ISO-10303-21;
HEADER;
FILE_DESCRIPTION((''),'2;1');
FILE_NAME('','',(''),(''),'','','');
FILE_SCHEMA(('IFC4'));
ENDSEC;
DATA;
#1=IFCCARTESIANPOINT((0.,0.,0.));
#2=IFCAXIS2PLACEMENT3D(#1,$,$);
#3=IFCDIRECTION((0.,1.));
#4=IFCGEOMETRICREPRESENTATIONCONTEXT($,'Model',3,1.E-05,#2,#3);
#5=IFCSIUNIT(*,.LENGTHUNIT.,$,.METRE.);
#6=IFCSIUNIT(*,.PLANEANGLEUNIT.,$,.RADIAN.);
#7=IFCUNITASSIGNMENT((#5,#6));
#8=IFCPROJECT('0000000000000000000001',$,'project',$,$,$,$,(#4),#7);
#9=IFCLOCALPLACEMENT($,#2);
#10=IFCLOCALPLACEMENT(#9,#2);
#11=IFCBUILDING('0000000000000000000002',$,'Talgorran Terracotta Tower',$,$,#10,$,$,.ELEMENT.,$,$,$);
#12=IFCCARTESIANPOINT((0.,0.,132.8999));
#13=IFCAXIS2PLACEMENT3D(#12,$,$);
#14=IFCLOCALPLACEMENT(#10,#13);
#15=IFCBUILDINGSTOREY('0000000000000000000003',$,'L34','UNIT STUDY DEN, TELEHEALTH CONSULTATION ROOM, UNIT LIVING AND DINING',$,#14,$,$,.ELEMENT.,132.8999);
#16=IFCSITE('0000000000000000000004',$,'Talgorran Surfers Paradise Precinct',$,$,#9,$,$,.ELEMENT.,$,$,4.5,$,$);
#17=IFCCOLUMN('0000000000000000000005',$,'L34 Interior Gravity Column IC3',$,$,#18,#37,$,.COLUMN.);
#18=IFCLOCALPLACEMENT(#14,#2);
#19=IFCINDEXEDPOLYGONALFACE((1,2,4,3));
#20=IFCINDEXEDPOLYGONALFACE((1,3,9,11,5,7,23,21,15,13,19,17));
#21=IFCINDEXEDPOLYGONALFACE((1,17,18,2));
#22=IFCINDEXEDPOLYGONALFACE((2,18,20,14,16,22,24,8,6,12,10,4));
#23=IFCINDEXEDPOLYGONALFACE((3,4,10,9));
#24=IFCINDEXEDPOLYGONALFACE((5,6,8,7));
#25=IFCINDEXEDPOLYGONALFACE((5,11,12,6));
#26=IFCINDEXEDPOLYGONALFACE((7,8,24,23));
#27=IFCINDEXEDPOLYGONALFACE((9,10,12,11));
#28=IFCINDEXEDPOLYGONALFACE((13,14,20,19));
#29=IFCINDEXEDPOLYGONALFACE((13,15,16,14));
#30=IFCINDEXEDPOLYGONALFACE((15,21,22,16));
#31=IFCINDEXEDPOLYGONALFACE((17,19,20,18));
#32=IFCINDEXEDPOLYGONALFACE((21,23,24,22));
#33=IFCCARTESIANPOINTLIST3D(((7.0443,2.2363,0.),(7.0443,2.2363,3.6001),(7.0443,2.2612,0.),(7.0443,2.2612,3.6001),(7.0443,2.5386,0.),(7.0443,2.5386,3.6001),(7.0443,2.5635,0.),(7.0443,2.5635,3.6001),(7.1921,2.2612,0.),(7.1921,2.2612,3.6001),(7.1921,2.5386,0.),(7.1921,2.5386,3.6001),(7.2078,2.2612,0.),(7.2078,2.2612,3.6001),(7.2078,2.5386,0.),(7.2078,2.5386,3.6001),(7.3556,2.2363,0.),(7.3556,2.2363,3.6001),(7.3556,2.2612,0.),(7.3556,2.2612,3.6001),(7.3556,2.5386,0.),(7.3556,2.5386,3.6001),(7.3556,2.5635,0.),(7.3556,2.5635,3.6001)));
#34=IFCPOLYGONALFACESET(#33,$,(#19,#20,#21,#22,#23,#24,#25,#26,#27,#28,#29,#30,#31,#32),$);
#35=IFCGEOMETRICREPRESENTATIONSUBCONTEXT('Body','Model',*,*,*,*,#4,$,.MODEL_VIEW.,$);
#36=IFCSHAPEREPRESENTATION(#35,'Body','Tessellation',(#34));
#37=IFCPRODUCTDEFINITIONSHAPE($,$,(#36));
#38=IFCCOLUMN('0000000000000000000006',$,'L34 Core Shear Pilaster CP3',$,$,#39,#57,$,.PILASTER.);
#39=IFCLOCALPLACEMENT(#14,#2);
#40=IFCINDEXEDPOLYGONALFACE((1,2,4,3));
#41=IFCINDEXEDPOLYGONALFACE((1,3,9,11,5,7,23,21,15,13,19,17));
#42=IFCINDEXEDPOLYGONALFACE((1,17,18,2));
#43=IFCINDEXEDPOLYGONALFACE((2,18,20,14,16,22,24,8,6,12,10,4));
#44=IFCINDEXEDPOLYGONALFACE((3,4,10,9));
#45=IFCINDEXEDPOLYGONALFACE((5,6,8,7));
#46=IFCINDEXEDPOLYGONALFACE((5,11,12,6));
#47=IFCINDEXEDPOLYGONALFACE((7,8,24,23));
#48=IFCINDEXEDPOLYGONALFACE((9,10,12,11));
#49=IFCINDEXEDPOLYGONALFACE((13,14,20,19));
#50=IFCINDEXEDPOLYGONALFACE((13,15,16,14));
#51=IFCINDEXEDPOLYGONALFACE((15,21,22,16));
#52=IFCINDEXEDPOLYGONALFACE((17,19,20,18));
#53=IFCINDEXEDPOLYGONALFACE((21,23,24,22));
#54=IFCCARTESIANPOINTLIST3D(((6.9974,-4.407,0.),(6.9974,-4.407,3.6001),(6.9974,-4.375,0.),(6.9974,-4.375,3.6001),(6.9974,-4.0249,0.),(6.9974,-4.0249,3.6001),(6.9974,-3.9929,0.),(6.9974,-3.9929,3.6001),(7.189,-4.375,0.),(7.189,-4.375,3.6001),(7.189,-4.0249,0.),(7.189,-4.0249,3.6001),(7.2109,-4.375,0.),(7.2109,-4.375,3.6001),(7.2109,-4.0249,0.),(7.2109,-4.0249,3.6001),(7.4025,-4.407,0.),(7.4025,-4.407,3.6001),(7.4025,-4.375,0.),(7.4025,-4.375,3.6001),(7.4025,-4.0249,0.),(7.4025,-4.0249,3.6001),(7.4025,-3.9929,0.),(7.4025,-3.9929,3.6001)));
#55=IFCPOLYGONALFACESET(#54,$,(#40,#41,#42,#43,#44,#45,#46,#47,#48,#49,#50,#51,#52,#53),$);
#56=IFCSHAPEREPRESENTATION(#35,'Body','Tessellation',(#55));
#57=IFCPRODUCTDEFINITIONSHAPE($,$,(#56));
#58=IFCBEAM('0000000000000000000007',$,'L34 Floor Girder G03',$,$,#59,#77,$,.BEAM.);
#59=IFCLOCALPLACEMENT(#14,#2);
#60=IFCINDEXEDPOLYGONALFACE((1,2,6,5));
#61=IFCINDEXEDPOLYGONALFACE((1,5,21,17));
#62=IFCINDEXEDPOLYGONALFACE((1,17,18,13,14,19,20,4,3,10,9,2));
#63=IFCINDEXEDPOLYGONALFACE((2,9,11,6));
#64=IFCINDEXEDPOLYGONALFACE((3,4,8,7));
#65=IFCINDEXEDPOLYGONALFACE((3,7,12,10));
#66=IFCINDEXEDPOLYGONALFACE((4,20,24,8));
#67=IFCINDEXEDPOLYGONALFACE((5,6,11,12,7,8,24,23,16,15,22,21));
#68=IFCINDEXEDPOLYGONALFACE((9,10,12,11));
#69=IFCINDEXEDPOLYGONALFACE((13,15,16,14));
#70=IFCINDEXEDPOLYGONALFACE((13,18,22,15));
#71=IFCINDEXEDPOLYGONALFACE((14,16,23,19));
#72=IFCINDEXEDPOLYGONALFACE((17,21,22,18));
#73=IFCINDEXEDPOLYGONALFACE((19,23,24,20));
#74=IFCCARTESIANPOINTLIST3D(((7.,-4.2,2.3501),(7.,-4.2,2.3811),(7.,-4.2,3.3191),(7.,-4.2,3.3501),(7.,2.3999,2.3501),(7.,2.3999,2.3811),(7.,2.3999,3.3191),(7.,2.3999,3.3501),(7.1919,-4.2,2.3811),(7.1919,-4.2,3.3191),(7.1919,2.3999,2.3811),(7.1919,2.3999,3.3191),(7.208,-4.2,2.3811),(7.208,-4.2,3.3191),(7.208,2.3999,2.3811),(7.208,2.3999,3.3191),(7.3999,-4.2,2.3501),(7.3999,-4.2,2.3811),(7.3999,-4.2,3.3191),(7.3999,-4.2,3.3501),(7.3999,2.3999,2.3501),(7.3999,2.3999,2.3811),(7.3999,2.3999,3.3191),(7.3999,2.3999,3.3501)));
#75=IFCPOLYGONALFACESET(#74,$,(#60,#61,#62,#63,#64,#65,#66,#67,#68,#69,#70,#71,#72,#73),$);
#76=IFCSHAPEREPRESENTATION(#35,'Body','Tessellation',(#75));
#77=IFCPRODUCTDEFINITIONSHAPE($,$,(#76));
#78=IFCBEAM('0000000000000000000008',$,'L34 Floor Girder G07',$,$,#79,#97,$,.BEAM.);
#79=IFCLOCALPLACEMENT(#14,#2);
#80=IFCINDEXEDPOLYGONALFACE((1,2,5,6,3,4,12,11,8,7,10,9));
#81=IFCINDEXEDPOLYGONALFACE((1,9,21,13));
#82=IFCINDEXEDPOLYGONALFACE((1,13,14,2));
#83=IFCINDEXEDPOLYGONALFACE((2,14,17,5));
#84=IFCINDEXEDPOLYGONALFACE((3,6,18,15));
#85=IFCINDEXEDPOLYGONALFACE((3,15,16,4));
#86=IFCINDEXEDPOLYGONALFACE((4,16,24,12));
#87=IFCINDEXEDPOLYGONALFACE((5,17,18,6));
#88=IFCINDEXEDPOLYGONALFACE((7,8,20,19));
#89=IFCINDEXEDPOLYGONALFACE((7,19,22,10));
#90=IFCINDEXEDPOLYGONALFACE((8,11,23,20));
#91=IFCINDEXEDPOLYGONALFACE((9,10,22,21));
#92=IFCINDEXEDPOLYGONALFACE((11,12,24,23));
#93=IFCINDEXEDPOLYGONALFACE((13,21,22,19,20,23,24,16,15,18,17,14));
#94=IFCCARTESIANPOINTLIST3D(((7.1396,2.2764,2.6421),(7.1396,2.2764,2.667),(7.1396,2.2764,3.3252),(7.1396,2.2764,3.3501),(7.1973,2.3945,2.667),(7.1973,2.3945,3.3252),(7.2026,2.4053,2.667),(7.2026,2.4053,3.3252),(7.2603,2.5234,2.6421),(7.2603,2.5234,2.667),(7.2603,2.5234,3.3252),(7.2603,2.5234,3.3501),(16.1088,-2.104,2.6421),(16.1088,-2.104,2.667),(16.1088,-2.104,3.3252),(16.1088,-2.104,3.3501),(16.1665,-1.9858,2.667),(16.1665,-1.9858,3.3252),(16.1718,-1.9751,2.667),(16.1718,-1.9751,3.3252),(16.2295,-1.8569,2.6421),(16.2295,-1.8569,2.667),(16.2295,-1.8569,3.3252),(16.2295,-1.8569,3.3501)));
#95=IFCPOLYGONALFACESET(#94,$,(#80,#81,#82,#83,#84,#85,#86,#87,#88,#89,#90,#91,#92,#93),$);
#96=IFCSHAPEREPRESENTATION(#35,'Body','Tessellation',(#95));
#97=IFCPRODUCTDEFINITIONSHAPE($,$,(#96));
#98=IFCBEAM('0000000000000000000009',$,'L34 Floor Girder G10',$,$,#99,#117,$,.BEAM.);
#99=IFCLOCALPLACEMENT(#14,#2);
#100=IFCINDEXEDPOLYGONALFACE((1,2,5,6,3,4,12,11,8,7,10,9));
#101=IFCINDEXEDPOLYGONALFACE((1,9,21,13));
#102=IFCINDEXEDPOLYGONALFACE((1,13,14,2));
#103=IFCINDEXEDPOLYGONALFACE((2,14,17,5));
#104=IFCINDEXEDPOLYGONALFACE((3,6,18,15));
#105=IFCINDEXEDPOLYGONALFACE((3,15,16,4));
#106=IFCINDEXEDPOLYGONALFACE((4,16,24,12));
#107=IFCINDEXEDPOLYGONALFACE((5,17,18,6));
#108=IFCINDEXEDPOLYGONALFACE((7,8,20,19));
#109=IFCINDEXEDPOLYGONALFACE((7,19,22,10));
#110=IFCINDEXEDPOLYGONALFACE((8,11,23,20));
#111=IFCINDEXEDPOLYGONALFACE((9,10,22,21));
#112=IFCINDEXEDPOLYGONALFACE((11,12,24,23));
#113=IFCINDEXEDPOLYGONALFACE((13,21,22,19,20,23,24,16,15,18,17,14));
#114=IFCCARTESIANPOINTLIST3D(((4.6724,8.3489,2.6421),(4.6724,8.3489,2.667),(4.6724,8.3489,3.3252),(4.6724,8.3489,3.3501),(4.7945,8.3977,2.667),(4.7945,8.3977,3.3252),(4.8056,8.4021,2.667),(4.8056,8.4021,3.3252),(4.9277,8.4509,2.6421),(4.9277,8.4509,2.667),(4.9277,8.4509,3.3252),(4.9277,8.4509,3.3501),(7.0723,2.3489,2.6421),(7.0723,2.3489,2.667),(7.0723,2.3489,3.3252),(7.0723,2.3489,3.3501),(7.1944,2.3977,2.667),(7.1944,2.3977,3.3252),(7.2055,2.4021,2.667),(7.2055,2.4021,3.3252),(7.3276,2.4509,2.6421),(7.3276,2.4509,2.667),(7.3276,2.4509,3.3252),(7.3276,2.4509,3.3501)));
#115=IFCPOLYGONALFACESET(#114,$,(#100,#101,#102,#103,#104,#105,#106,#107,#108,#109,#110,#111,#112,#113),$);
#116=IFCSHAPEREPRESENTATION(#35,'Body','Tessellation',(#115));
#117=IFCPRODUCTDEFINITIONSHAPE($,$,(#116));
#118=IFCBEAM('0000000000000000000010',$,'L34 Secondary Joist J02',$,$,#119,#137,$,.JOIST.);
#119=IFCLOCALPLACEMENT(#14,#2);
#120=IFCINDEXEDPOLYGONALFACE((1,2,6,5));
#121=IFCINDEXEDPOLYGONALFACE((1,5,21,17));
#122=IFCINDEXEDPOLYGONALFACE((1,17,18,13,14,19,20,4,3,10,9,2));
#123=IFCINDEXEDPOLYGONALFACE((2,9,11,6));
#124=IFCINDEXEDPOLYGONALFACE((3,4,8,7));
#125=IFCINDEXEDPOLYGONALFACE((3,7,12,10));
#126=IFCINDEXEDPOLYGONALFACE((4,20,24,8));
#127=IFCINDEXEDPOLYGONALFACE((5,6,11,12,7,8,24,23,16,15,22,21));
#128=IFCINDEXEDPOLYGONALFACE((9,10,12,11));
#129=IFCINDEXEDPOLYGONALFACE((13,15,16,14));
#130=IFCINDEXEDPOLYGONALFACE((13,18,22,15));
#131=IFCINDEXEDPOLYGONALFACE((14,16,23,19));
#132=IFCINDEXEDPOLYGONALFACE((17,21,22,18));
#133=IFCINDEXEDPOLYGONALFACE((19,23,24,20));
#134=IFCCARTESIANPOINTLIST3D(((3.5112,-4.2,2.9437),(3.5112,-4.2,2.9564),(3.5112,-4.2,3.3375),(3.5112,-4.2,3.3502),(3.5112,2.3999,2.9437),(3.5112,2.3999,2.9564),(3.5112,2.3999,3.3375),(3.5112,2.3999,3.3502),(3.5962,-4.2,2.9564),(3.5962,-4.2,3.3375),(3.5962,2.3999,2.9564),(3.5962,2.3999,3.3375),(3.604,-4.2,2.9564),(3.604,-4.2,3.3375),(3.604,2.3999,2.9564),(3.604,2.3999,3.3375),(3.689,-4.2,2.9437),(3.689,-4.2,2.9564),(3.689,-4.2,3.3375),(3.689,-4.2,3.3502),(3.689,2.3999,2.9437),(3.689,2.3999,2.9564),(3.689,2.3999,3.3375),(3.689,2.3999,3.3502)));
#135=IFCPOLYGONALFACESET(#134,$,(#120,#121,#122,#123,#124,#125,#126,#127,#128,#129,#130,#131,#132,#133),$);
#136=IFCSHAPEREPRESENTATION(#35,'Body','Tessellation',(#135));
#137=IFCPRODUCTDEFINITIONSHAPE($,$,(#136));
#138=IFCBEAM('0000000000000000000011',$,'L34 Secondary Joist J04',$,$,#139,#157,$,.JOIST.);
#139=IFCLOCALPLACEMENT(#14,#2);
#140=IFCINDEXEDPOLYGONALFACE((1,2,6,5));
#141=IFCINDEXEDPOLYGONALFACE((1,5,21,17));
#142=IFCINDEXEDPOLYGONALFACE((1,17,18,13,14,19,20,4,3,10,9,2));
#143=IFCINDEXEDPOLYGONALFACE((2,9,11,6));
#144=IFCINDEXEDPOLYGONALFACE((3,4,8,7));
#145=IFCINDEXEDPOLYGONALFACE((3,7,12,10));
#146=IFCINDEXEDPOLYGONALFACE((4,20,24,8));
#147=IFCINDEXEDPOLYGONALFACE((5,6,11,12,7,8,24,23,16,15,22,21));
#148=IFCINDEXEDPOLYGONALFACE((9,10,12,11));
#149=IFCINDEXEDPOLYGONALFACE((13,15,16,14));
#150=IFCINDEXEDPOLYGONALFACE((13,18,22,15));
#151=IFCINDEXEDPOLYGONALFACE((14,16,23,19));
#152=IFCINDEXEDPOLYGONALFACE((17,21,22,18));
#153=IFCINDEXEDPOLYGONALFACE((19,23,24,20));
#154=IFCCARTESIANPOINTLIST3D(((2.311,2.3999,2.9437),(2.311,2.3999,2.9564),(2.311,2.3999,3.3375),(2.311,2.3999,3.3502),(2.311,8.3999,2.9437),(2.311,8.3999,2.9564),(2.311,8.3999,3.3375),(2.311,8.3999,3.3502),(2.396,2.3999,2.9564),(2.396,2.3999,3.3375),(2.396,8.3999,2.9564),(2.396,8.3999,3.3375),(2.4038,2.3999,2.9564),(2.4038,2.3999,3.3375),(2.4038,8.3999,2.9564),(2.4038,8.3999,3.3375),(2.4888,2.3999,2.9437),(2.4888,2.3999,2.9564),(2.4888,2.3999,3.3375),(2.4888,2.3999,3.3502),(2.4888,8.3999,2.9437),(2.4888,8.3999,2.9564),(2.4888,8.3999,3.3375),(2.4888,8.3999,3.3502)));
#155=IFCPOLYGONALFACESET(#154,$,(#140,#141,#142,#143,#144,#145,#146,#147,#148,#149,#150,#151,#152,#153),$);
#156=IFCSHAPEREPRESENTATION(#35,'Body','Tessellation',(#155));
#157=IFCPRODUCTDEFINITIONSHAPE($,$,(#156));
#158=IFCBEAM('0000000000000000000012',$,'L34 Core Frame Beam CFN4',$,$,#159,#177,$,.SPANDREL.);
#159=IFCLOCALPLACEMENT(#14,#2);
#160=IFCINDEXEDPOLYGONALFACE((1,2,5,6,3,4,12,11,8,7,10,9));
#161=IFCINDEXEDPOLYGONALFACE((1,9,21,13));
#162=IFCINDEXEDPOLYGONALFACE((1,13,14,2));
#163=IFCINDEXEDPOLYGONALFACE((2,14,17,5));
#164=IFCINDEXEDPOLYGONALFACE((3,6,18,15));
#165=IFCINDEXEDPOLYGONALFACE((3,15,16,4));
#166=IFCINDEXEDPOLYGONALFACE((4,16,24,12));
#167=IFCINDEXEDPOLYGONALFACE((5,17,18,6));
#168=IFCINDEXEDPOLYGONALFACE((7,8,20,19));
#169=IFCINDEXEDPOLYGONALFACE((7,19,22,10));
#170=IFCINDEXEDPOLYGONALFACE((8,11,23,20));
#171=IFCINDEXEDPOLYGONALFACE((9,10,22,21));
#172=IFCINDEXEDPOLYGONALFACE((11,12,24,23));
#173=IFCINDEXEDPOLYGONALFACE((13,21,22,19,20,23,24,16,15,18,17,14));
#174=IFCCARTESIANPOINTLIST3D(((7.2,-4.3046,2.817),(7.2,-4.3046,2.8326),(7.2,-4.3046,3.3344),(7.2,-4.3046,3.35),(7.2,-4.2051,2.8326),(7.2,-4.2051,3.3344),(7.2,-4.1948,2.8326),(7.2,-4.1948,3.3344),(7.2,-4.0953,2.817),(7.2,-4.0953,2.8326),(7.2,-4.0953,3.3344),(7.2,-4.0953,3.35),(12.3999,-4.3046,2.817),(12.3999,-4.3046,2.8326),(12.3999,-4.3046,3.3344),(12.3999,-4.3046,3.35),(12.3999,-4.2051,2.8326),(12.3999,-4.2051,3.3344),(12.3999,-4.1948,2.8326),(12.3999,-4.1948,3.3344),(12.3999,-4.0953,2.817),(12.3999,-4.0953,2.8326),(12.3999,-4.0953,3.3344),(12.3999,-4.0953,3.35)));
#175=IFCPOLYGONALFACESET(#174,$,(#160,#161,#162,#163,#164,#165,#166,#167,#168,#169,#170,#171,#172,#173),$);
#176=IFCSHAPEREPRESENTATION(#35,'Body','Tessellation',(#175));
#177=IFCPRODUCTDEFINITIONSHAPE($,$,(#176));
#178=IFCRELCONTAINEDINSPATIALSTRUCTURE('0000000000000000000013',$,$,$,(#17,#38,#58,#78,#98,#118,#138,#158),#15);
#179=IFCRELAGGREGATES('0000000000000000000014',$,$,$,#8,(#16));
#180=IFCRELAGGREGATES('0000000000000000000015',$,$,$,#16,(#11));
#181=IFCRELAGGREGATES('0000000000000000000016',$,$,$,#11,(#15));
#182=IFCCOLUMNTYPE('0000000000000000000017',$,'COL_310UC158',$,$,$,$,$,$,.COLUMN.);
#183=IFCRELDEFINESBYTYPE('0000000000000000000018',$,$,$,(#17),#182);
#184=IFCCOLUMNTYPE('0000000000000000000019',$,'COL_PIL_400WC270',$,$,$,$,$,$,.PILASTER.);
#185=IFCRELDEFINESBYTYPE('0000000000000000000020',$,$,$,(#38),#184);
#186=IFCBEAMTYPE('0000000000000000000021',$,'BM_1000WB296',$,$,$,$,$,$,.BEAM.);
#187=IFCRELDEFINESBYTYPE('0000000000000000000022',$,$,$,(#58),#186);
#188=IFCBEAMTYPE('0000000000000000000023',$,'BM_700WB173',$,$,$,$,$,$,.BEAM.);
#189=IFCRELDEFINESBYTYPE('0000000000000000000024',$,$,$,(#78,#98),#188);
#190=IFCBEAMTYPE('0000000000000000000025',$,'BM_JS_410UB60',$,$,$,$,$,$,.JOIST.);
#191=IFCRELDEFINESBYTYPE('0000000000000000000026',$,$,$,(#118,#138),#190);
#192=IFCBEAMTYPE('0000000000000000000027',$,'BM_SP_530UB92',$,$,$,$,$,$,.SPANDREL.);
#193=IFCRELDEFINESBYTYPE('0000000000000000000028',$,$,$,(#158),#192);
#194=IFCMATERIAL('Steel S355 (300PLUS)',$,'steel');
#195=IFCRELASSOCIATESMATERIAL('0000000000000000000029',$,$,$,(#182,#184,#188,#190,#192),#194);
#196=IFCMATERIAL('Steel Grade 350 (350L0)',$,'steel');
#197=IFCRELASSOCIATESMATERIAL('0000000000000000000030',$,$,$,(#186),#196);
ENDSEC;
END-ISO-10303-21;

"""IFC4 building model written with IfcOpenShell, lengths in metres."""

from ifc_helpers import new_model, si_unit, direction, frame, origin, origin_2d, place, context, subcontext, project, spatial, i_section, extrude, material, material_profile, profile_set, type_object, element, save


model = new_model("IFC4")

# Units and contexts
model_context = context("Model", 3, precision=1e-05, world=origin(), true_north=direction((0.0, 1.0)))
body_context = subcontext(model_context, "Body", "Model", "MODEL_VIEW")
ifc_project = project(units=[si_unit("LENGTHUNIT", "METRE"), si_unit("PLANEANGLEUNIT", "RADIAN")], contexts=[model_context])

# Site, building, storey
site_placement = place(None, origin())
site = spatial("IfcSite", under=ifc_project, at=site_placement, Name="Talgorran Surfers Paradise Precinct", CompositionType="ELEMENT", RefElevation=4.5)
building_placement = place(site_placement, origin())
building = spatial("IfcBuilding", under=site, at=building_placement, Name="Talgorran Terracotta Tower", CompositionType="ELEMENT")
storey_placement = place(building_placement, frame((0.0, 0.0, 132.8999)))
storey = spatial("IfcBuildingStorey", under=building, at=storey_placement, Name="L34", Description="UNIT STUDY DEN, TELEHEALTH CONSULTATION ROOM, UNIT LIVING AND DINING", CompositionType="ELEMENT", Elevation=132.8999)

# Columns
ifc_material_1 = material(Name="Steel S355 (300PLUS)", Category="steel")
ifc_material_profile_1 = material_profile(ifc_material_1, i_section(OverallWidth=0.3113, OverallDepth=0.3271, WebThickness=0.0156, FlangeThickness=0.0249, at=origin_2d()), Name="310UC158")
ifc_profile_set_1 = profile_set([ifc_material_profile_1], Name="Steel S355 (300PLUS)")
column_type_1 = type_object("IfcColumnType", Name="COL_310UC158", PredefinedType="COLUMN", material=ifc_profile_set_1)
column_1_placement = place(storey_placement, frame((7.2, 2.3999, 0.0), z_axis=(0.0, 0.0, 1.0), x_axis=(1.0, 0.0, 0.0)))
element("IfcColumn", 1, at=column_1_placement, inside=storey, type_object=column_type_1, Name="L34 Interior Gravity Column IC3", PredefinedType="COLUMN", context=body_context, shape_type="SweptSolid", body=[
    extrude(i_section(OverallWidth=0.3113, OverallDepth=0.3271, WebThickness=0.0156, FlangeThickness=0.0249, at=origin_2d()), origin(), (0.0, 0.0, 1.0), 3.6001),
])
ifc_material_profile_2 = material_profile(ifc_material_1, i_section(OverallWidth=0.405, OverallDepth=0.4141, WebThickness=0.022, FlangeThickness=0.032, at=origin_2d()), Name="400WC270")
ifc_profile_set_2 = profile_set([ifc_material_profile_2], Name="Steel S355 (300PLUS)")
column_type_2 = type_object("IfcColumnType", Name="COL_PIL_400WC270", PredefinedType="PILASTER", material=ifc_profile_set_2)
column_2_placement = place(storey_placement, frame((7.2, -4.2, 0.0), z_axis=(0.0, 0.0, 1.0), x_axis=(1.0, 0.0, 0.0)))
element("IfcColumn", 2, at=column_2_placement, inside=storey, type_object=column_type_2, Name="L34 Core Shear Pilaster CP3", PredefinedType="PILASTER", context=body_context, shape_type="SweptSolid", body=[
    extrude(i_section(OverallWidth=0.405, OverallDepth=0.4141, WebThickness=0.022, FlangeThickness=0.032, at=origin_2d()), origin(), (0.0, 0.0, 1.0), 3.6001),
])

# Beams
ifc_material_2 = material(Name="Steel Grade 350 (350L0)", Category="steel")
ifc_material_profile_3 = material_profile(ifc_material_2, i_section(OverallWidth=0.3999, OverallDepth=1.0, WebThickness=0.0161, FlangeThickness=0.031, at=origin_2d()), Name="1000WB296")
ifc_profile_set_3 = profile_set([ifc_material_profile_3], Name="Steel Grade 350 (350L0)")
beam_type_1 = type_object("IfcBeamType", Name="BM_1000WB296", PredefinedType="BEAM", material=ifc_profile_set_3)
beam_1_placement = place(storey_placement, frame((7.2, -4.2, 2.8501), z_axis=(0.0, 1.0, 0.0), x_axis=(-1.0, 0.0, 0.0)))
element("IfcBeam", 3, at=beam_1_placement, inside=storey, type_object=beam_type_1, Name="L34 Floor Girder G03", PredefinedType="BEAM", context=body_context, shape_type="SweptSolid", body=[
    extrude(i_section(OverallWidth=0.3999, OverallDepth=1.0, WebThickness=0.0161, FlangeThickness=0.031, at=origin_2d()), origin(), (0.0, 0.0, 1.0), 6.5999),
])
ifc_material_profile_4 = material_profile(ifc_material_1, i_section(OverallWidth=0.2749, OverallDepth=0.708, WebThickness=0.012, FlangeThickness=0.0249, at=origin_2d()), Name="700WB173")
ifc_profile_set_4 = profile_set([ifc_material_profile_4], Name="Steel S355 (300PLUS)")
beam_type_2 = type_object("IfcBeamType", Name="BM_700WB173", PredefinedType="BEAM", material=ifc_profile_set_4)
beam_2_placement = place(storey_placement, frame((7.2, 2.3999, 2.9961), z_axis=(0.898566, -0.438839, 0.0), x_axis=(0.438839, 0.898566, 0.0)))
element("IfcBeam", 4, at=beam_2_placement, inside=storey, type_object=beam_type_2, Name="L34 Floor Girder G07", PredefinedType="BEAM", context=body_context, shape_type="SweptSolid", body=[
    extrude(i_section(OverallWidth=0.2749, OverallDepth=0.708, WebThickness=0.012, FlangeThickness=0.0249, at=origin_2d()), origin(), (0.0, 0.0, 1.0), 9.9817),
])
beam_3_placement = place(storey_placement, frame((7.2, 2.3999, 2.9961), z_axis=(-0.371378, 0.928482, 0.0), x_axis=(-0.928482, -0.371378, 0.0)))
element("IfcBeam", 5, at=beam_3_placement, inside=storey, type_object=beam_type_2, Name="L34 Floor Girder G10", PredefinedType="BEAM", context=body_context, shape_type="SweptSolid", body=[
    extrude(i_section(OverallWidth=0.2749, OverallDepth=0.708, WebThickness=0.012, FlangeThickness=0.0249, at=origin_2d()), origin(), (0.0, 0.0, 1.0), 6.4622),
])
ifc_material_profile_5 = material_profile(ifc_material_1, i_section(OverallWidth=0.1777, OverallDepth=0.4065, WebThickness=0.0078, FlangeThickness=0.0127, at=origin_2d()), Name="410UB59.7")
ifc_profile_set_5 = profile_set([ifc_material_profile_5], Name="Steel S355 (300PLUS)")
beam_type_3 = type_object("IfcBeamType", Name="BM_JS_410UB60", PredefinedType="JOIST", material=ifc_profile_set_5)
beam_4_placement = place(storey_placement, frame((3.6001, -4.2, 3.147), z_axis=(0.0, 1.0, 0.0), x_axis=(-1.0, 0.0, 0.0)))
element("IfcBeam", 6, at=beam_4_placement, inside=storey, type_object=beam_type_3, Name="L34 Secondary Joist J02", PredefinedType="JOIST", context=body_context, shape_type="SweptSolid", body=[
    extrude(i_section(OverallWidth=0.1777, OverallDepth=0.4065, WebThickness=0.0078, FlangeThickness=0.0127, at=origin_2d()), origin(), (0.0, 0.0, 1.0), 6.5999),
])
beam_5_placement = place(storey_placement, frame((2.3999, 2.3999, 3.147), z_axis=(0.0, 1.0, 0.0), x_axis=(-1.0, 0.0, 0.0)))
element("IfcBeam", 7, at=beam_5_placement, inside=storey, type_object=beam_type_3, Name="L34 Secondary Joist J04", PredefinedType="JOIST", context=body_context, shape_type="SweptSolid", body=[
    extrude(i_section(OverallWidth=0.1777, OverallDepth=0.4065, WebThickness=0.0078, FlangeThickness=0.0127, at=origin_2d()), origin(), (0.0, 0.0, 1.0), 6.0),
])
ifc_material_profile_6 = material_profile(ifc_material_1, i_section(OverallWidth=0.2092, OverallDepth=0.533, WebThickness=0.0103, FlangeThickness=0.0156, at=origin_2d()), Name="530UB92.4")
ifc_profile_set_6 = profile_set([ifc_material_profile_6], Name="Steel S355 (300PLUS)")
beam_type_4 = type_object("IfcBeamType", Name="BM_SP_530UB92", PredefinedType="SPANDREL", material=ifc_profile_set_6)
beam_6_placement = place(storey_placement, frame((7.2, -4.2, 3.0835), z_axis=(1.0, 0.0, 0.0), x_axis=(0.0, 1.0, 0.0)))
element("IfcBeam", 8, at=beam_6_placement, inside=storey, type_object=beam_type_4, Name="L34 Core Frame Beam CFN4", PredefinedType="SPANDREL", context=body_context, shape_type="SweptSolid", body=[
    extrude(i_section(OverallWidth=0.2092, OverallDepth=0.533, WebThickness=0.0103, FlangeThickness=0.0156, at=origin_2d()), origin(), (0.0, 0.0, 1.0), 5.2),
])

save(model, "model.ifc")
